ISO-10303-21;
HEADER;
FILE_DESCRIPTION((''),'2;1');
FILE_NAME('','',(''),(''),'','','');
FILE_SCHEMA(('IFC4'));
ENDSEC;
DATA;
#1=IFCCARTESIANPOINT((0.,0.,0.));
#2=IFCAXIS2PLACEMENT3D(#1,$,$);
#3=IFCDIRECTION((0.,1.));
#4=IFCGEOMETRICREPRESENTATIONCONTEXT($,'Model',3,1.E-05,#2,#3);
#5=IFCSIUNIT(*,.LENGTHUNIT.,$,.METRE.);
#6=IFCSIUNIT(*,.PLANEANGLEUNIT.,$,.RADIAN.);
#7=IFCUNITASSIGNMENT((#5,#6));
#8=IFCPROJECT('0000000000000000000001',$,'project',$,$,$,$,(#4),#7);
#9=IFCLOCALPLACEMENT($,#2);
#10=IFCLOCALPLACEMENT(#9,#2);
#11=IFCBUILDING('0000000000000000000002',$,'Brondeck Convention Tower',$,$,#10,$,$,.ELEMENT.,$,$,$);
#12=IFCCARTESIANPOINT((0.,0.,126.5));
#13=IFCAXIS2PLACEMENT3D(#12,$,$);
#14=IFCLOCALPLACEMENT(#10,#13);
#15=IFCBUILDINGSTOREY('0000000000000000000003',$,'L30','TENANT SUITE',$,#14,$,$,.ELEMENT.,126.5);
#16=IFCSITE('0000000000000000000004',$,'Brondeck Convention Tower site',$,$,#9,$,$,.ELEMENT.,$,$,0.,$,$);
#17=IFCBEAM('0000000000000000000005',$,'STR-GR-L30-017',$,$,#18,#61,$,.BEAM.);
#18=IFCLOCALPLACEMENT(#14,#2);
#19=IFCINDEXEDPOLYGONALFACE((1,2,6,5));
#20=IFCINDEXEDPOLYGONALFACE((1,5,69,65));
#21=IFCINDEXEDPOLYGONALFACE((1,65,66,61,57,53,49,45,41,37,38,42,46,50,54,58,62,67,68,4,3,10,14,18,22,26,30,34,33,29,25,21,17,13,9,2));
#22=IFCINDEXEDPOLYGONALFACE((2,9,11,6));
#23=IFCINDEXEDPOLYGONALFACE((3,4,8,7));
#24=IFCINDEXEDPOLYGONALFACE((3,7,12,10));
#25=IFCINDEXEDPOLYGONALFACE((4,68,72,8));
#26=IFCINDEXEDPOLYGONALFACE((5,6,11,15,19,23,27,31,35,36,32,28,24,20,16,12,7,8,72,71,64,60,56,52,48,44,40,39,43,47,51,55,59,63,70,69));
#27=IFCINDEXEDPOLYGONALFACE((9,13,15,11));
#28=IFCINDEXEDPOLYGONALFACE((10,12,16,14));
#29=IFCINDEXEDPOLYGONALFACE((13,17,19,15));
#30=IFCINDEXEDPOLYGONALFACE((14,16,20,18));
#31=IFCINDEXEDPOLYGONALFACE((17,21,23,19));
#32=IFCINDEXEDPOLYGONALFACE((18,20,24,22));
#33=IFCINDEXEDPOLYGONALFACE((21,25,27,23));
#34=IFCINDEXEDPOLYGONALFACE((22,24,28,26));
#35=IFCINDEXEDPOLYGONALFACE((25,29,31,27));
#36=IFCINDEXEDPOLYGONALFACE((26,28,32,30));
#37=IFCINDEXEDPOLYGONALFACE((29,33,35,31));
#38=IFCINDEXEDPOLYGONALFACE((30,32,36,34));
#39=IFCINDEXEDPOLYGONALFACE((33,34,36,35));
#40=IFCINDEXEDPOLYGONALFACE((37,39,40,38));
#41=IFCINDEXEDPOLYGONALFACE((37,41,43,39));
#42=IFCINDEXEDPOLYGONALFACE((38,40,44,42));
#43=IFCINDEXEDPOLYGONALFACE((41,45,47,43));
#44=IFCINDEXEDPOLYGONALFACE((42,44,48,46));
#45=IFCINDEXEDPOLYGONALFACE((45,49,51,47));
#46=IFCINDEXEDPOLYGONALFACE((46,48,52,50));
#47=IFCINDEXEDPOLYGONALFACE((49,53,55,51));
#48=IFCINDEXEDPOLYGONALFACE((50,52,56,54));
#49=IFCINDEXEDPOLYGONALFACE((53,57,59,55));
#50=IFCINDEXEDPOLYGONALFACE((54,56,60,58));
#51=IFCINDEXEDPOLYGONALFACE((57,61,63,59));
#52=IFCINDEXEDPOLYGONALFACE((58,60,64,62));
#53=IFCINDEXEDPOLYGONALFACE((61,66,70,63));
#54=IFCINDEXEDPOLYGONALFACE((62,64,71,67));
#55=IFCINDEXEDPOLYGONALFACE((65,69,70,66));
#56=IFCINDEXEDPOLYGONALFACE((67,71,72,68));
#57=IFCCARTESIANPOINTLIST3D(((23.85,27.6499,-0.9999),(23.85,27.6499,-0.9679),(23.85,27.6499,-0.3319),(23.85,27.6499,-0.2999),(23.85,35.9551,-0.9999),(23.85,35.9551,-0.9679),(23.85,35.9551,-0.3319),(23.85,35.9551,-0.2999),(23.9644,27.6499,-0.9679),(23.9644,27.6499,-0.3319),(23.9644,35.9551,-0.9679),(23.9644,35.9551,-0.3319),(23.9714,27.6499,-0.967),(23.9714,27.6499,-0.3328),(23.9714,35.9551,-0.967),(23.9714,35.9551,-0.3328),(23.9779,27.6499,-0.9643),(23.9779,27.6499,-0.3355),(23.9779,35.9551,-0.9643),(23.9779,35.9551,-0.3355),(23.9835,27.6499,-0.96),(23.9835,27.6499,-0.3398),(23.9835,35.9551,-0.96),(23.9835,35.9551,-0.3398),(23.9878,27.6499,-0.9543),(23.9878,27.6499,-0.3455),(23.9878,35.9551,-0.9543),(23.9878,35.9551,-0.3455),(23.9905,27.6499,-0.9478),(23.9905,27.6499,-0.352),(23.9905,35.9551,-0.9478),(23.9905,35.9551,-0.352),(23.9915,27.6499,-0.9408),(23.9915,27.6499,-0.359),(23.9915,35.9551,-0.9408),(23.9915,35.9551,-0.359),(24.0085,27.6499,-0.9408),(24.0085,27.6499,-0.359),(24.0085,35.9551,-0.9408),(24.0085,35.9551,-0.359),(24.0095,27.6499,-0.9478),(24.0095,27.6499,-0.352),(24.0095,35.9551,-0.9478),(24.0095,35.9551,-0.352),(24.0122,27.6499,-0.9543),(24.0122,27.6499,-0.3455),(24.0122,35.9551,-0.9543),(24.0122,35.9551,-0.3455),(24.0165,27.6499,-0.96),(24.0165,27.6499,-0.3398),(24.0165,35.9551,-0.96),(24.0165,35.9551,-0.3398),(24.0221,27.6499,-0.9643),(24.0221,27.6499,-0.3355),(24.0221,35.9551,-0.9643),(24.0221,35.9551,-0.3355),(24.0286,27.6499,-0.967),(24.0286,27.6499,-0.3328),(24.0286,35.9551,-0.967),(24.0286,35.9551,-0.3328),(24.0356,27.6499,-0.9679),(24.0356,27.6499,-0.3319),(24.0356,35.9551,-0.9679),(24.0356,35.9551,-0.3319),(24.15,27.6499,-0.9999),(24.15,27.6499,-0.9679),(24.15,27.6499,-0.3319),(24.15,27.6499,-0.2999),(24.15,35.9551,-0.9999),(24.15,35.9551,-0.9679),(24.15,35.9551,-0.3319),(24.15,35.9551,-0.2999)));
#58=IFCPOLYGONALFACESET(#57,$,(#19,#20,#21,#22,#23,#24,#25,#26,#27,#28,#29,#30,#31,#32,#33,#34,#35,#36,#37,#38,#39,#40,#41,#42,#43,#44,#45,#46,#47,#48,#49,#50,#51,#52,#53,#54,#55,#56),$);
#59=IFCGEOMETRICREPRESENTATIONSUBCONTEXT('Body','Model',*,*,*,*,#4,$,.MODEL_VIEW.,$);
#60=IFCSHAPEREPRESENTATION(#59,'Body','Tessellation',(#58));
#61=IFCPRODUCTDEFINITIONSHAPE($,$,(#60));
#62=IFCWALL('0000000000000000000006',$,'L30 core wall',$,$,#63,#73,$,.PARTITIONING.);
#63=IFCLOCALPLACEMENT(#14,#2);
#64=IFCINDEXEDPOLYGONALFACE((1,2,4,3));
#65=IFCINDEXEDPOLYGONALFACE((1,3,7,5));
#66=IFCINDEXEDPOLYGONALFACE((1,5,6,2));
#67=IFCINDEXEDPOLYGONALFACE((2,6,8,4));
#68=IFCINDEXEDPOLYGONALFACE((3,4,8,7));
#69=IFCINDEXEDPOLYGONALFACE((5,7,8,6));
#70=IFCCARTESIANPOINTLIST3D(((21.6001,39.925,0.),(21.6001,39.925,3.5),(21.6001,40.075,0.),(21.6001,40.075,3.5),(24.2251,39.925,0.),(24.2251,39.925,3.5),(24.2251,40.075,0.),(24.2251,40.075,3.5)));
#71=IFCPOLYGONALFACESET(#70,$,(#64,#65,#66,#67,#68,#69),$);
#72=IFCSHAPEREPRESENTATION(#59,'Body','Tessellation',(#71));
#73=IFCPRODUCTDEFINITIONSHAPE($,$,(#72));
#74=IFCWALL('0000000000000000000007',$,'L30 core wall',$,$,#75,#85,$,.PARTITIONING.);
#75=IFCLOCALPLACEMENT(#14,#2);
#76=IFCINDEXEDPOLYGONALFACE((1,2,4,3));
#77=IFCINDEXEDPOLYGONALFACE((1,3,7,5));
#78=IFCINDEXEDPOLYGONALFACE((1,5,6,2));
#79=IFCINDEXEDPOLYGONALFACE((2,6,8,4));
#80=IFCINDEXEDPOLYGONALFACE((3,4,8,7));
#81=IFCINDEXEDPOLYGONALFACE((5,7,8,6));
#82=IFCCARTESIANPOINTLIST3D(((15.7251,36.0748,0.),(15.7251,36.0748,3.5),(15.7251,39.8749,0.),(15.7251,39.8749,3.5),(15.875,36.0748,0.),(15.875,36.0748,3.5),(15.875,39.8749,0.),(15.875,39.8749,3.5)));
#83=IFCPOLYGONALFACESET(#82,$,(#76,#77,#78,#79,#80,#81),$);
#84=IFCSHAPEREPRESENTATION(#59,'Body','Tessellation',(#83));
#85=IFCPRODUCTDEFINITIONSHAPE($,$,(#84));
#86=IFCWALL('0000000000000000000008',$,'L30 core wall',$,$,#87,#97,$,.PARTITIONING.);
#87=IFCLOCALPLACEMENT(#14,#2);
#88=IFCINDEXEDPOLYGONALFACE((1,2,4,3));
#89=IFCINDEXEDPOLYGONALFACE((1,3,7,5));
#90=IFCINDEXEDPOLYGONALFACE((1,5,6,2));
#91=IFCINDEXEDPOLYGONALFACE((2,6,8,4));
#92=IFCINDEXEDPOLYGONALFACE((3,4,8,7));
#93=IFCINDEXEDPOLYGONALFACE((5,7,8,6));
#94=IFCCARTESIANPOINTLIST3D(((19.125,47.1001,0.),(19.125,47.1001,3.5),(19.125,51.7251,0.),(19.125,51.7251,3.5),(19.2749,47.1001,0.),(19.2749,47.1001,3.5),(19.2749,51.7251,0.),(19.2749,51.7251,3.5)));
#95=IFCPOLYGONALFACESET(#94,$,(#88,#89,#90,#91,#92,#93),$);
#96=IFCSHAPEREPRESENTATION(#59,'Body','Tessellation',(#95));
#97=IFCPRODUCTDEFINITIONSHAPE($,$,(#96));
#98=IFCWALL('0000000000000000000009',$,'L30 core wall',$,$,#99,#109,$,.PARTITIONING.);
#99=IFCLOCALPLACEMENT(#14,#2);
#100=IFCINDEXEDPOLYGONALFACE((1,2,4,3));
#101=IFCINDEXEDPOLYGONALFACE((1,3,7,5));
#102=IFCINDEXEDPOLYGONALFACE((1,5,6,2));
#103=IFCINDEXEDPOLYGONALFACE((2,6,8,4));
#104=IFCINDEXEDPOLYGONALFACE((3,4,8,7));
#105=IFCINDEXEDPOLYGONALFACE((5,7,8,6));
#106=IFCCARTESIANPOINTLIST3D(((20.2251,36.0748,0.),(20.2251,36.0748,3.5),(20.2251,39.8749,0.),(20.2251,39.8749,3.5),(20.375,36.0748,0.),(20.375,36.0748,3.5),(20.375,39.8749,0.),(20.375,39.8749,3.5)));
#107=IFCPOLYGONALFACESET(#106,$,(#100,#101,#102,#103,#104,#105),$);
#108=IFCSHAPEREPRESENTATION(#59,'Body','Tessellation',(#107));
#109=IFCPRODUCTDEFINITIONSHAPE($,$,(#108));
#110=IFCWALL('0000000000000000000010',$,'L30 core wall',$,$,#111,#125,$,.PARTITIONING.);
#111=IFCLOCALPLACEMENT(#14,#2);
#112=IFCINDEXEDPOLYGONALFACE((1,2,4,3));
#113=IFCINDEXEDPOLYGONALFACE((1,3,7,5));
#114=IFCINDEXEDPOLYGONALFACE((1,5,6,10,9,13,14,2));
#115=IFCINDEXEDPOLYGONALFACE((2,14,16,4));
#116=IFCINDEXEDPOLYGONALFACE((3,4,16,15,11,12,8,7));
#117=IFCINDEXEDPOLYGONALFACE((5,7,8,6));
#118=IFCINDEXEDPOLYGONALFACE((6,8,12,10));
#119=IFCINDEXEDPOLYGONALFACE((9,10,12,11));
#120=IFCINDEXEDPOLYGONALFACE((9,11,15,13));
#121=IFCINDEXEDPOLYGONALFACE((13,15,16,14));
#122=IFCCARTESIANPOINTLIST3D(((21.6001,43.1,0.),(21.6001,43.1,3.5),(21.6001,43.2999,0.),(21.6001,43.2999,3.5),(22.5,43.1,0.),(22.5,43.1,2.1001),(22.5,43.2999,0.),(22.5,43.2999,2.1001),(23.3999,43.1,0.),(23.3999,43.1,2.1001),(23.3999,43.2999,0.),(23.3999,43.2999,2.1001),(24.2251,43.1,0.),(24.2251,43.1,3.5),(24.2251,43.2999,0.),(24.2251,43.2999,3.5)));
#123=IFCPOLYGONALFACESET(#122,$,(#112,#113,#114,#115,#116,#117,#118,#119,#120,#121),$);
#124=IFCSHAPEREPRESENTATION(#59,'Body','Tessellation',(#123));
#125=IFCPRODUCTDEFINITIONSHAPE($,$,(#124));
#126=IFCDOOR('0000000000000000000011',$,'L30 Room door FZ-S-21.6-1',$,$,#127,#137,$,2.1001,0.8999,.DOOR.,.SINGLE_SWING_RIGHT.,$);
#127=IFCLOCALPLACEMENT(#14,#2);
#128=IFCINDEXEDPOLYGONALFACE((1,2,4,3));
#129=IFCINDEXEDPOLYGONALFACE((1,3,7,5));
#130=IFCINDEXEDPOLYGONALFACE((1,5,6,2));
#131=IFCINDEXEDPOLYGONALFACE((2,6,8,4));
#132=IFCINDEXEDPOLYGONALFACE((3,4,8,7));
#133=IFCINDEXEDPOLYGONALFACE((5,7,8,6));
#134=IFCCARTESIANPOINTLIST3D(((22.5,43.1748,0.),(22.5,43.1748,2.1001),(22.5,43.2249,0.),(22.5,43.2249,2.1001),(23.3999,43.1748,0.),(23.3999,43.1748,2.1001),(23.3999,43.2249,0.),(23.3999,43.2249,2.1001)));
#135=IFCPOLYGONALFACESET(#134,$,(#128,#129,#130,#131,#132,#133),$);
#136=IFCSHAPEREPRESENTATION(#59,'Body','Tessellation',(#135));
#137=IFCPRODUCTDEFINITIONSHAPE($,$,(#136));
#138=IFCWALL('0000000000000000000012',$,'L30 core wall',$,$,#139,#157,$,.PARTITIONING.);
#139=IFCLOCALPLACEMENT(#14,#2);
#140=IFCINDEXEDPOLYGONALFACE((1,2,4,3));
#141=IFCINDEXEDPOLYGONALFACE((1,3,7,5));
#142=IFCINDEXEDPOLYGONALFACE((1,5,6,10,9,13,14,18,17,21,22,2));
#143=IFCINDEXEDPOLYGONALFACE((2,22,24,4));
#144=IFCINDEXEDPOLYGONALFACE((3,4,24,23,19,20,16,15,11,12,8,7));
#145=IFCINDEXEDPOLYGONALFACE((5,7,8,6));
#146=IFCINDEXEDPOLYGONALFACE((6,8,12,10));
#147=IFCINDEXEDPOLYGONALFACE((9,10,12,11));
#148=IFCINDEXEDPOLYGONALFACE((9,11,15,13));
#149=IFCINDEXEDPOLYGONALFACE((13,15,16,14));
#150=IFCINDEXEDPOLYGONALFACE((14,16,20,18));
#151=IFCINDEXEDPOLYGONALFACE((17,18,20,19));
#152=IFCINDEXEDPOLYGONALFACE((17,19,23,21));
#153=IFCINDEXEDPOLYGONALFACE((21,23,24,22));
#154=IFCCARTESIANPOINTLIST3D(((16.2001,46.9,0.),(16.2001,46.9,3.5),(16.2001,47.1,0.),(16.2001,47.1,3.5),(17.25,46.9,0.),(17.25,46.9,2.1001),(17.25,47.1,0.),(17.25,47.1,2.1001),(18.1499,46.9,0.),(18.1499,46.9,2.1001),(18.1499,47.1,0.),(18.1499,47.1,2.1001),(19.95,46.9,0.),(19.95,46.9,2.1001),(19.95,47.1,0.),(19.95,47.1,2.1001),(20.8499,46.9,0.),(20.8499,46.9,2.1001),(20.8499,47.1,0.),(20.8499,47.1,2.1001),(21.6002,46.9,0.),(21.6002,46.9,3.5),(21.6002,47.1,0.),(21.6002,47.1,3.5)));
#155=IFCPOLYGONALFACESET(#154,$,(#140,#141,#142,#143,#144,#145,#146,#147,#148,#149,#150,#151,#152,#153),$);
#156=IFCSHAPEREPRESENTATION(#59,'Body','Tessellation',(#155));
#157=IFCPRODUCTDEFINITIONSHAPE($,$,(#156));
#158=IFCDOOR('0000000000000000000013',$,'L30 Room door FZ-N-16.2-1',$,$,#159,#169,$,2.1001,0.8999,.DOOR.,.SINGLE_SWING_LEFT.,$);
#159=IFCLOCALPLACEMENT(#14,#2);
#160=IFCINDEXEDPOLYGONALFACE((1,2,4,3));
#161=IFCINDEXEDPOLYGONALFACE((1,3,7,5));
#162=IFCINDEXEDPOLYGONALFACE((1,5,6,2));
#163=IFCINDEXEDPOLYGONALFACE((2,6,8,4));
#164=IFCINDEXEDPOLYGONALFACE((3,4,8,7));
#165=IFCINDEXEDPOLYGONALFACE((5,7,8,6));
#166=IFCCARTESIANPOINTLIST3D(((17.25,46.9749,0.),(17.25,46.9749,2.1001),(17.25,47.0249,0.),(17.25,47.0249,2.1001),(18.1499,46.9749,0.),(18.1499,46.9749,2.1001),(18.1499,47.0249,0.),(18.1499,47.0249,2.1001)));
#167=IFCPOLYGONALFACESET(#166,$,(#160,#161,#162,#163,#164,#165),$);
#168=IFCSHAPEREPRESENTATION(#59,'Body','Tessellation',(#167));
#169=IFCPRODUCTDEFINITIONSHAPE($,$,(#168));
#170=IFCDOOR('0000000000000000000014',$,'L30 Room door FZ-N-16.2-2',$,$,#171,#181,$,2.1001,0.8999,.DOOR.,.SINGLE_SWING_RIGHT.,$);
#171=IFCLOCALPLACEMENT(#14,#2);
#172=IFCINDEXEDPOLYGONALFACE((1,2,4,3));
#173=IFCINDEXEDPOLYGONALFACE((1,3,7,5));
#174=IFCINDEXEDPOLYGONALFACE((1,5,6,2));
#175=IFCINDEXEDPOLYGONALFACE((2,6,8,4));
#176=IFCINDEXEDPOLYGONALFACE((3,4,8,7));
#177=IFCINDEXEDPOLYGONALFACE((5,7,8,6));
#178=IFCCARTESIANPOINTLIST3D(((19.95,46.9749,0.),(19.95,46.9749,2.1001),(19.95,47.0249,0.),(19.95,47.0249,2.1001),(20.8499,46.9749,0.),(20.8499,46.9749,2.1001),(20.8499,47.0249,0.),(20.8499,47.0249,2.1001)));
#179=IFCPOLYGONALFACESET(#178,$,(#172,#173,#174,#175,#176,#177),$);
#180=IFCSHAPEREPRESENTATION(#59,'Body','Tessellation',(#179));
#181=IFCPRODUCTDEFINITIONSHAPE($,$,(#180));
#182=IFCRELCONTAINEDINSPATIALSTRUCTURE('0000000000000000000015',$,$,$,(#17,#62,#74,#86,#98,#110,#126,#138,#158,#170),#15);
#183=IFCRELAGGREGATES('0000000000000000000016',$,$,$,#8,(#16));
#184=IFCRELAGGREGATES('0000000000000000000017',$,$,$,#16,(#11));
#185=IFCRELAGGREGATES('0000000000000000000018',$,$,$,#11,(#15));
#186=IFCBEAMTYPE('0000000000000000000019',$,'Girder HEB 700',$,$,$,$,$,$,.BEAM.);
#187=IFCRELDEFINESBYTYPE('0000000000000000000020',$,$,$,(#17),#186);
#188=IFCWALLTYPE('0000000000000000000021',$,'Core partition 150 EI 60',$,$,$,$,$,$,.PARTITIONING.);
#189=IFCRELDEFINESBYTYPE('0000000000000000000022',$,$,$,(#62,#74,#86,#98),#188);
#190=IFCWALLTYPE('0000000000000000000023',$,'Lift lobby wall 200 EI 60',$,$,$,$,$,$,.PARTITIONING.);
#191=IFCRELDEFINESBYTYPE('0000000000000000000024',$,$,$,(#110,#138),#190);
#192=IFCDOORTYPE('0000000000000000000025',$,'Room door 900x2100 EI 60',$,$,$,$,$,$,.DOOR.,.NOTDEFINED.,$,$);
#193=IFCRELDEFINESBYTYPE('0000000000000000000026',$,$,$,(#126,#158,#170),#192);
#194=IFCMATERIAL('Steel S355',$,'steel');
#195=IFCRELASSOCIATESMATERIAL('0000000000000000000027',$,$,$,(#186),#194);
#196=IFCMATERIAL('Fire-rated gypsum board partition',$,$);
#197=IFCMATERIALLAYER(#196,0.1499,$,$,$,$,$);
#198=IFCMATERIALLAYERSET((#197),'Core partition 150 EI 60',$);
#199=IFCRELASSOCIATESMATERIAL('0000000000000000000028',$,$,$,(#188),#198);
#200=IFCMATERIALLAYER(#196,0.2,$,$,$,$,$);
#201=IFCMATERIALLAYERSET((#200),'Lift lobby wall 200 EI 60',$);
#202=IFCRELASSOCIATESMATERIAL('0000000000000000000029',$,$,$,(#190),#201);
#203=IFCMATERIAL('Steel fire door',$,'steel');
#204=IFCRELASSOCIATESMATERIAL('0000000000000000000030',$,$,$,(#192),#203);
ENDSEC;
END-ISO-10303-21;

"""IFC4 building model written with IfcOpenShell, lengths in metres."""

from ifc_helpers import new_model, si_unit, direction, frame, frame_2d, origin, origin_2d, place, context, subcontext, project, spatial, rectangle, i_section, extrude, material, layer, layer_set, material_profile, profile_set, type_object, element, fill, save


model = new_model("IFC4")

# Units and contexts
model_context = context("Model", 3, precision=1e-05, world=origin(), true_north=direction((0.0, 1.0)))
body_context = subcontext(model_context, "Body", "Model", "MODEL_VIEW")
ifc_project = project(units=[si_unit("LENGTHUNIT", "METRE"), si_unit("PLANEANGLEUNIT", "RADIAN")], contexts=[model_context])

# Site, building, storey
site_placement = place(None, origin())
site = spatial("IfcSite", under=ifc_project, at=site_placement, Name="Brondeck Convention Tower site", CompositionType="ELEMENT", RefElevation=0.0)
building_placement = place(site_placement, origin())
building = spatial("IfcBuilding", under=site, at=building_placement, Name="Brondeck Convention Tower", CompositionType="ELEMENT")
storey_placement = place(building_placement, frame((0.0, 0.0, 126.5)))
storey = spatial("IfcBuildingStorey", under=building, at=storey_placement, Name="L30", Description="TENANT SUITE", CompositionType="ELEMENT", Elevation=126.5)

# Beam
ifc_material_1 = material(Name="Steel S355", Category="steel")
ifc_material_profile = material_profile(ifc_material_1, i_section(OverallWidth=0.3, OverallDepth=0.7, WebThickness=0.0171, FlangeThickness=0.032, FilletRadius=0.0271, at=origin_2d()), Name="HEB 700")
ifc_profile_set = profile_set([ifc_material_profile], Name="Steel S355")
beam_type = type_object("IfcBeamType", Name="Girder HEB 700", PredefinedType="BEAM", material=ifc_profile_set)
beam_placement = place(storey_placement, frame((24.0, 35.9551, -0.6499), z_axis=(0.0, -1.0, 0.0), x_axis=(1.0, 0.0, 0.0)))
element("IfcBeam", 1, at=beam_placement, inside=storey, type_object=beam_type, Name="STR-GR-L30-017", PredefinedType="BEAM", context=body_context, shape_type="SweptSolid", body=[
    extrude(i_section(OverallWidth=0.3, OverallDepth=0.7, WebThickness=0.0171, FlangeThickness=0.032, FilletRadius=0.0271, at=origin_2d()), origin(), (0.0, 0.0, 1.0), 8.3052),
])

# Walls
ifc_material_2 = material(Name="Fire-rated gypsum board partition")
ifc_layer_1 = layer(ifc_material_2, 0.1499)
ifc_layer_set_1 = layer_set([ifc_layer_1], Name="Core partition 150 EI 60")
wall_type_1 = type_object("IfcWallType", Name="Core partition 150 EI 60", PredefinedType="PARTITIONING", material=ifc_layer_set_1)
wall_1_placement = place(storey_placement, frame((21.6001, 40.0, 0.0), z_axis=(0.0, 0.0, 1.0), x_axis=(1.0, 0.0, 0.0)))
element("IfcWall", 2, at=wall_1_placement, inside=storey, type_object=wall_type_1, Name="L30 core wall", PredefinedType="PARTITIONING", context=body_context, shape_type="SweptSolid", body=[
    extrude(rectangle(XDim=2.625, YDim=0.1499, at=frame_2d((1.3125, 0.0))), origin(), (0.0, 0.0, 1.0), 3.5),
])
wall_2_placement = place(storey_placement, frame((15.8, 36.075, 0.0), z_axis=(0.0, 0.0, 1.0), x_axis=(0.0, 1.0, 0.0)))
element("IfcWall", 3, at=wall_2_placement, inside=storey, type_object=wall_type_1, Name="L30 core wall", PredefinedType="PARTITIONING", context=body_context, shape_type="SweptSolid", body=[
    extrude(rectangle(XDim=3.8, YDim=0.1499, at=frame_2d((1.8999, 0.0))), origin(), (0.0, 0.0, 1.0), 3.5),
])
wall_3_placement = place(storey_placement, frame((19.2, 47.1001, 0.0), z_axis=(0.0, 0.0, 1.0), x_axis=(0.0, 1.0, 0.0)))
element("IfcWall", 4, at=wall_3_placement, inside=storey, type_object=wall_type_1, Name="L30 core wall", PredefinedType="PARTITIONING", context=body_context, shape_type="SweptSolid", body=[
    extrude(rectangle(XDim=4.625, YDim=0.1499, at=frame_2d((2.3125, 0.0))), origin(), (0.0, 0.0, 1.0), 3.5),
])
wall_4_placement = place(storey_placement, frame((20.3, 36.075, 0.0), z_axis=(0.0, 0.0, 1.0), x_axis=(0.0, 1.0, 0.0)))
element("IfcWall", 5, at=wall_4_placement, inside=storey, type_object=wall_type_1, Name="L30 core wall", PredefinedType="PARTITIONING", context=body_context, shape_type="SweptSolid", body=[
    extrude(rectangle(XDim=3.8, YDim=0.1499, at=frame_2d((1.8999, 0.0))), origin(), (0.0, 0.0, 1.0), 3.5),
])

# Wall, opening, door
ifc_layer_2 = layer(ifc_material_2, 0.2)
ifc_layer_set_2 = layer_set([ifc_layer_2], Name="Lift lobby wall 200 EI 60")
wall_type_2 = type_object("IfcWallType", Name="Lift lobby wall 200 EI 60", PredefinedType="PARTITIONING", material=ifc_layer_set_2)
wall_5_placement = place(storey_placement, frame((21.6001, 43.2, 0.0), z_axis=(0.0, 0.0, 1.0), x_axis=(1.0, 0.0, 0.0)))
wall_5 = element("IfcWall", 6, at=wall_5_placement, inside=storey, type_object=wall_type_2, Name="L30 core wall", PredefinedType="PARTITIONING", context=body_context, shape_type="SweptSolid", body=[
    extrude(rectangle(XDim=2.625, YDim=0.2, at=frame_2d((1.3125, 0.0))), origin(), (0.0, 0.0, 1.0), 3.5),
])
opening_1_placement = place(wall_5_placement, frame((0.8999, 0.0, 0.0)))
opening_1 = element("IfcOpeningElement", 7, at=opening_1_placement, cuts=wall_5, PredefinedType="OPENING", context=body_context, shape_type="SweptSolid", body=[
    extrude(rectangle(XDim=0.8999, YDim=2.1001, at=frame_2d((0.45, 1.05))), frame((0.0, 0.1099, 0.0), z_axis=(0.0, -1.0, 0.0), x_axis=(1.0, 0.0, 0.0)), (0.0, 0.0, 1.0), 0.22),
])
ifc_material_3 = material(Name="Steel fire door", Category="steel")
door_type_1 = type_object("IfcDoorType", Name="Room door 900x2100 EI 60", OperationType="NOTDEFINED", PredefinedType="DOOR", material=ifc_material_3)
door_1_placement = place(opening_1_placement, origin())
door_1 = element("IfcDoor", 8, at=door_1_placement, inside=storey, type_object=door_type_1, Name="L30 Room door FZ-S-21.6-1", OperationType="SINGLE_SWING_RIGHT", OverallHeight=2.1001, OverallWidth=0.8999, PredefinedType="DOOR", context=body_context, shape_type="SweptSolid", body=[
    extrude(rectangle(XDim=0.8999, YDim=2.1001, at=frame_2d((0.45, 1.05))), frame((0.0, 0.0249, 0.0), z_axis=(0.0, -1.0, 0.0), x_axis=(1.0, 0.0, 0.0)), (0.0, 0.0, 1.0), 0.05),
])
fill(opening_1, door_1)

# Wall, openings, doors
wall_6_placement = place(storey_placement, frame((16.2, 47.0, 0.0), z_axis=(0.0, 0.0, 1.0), x_axis=(1.0, 0.0, 0.0)))
wall_6 = element("IfcWall", 9, at=wall_6_placement, inside=storey, type_object=wall_type_2, Name="L30 core wall", PredefinedType="PARTITIONING", context=body_context, shape_type="SweptSolid", body=[
    extrude(rectangle(XDim=5.4001, YDim=0.2, at=frame_2d((2.7002, 0.0))), origin(), (0.0, 0.0, 1.0), 3.5),
])
opening_2_placement = place(wall_6_placement, frame((1.05, 0.0, 0.0)))
opening_2 = element("IfcOpeningElement", 10, at=opening_2_placement, cuts=wall_6, PredefinedType="OPENING", context=body_context, shape_type="SweptSolid", body=[
    extrude(rectangle(XDim=0.8999, YDim=2.1001, at=frame_2d((0.45, 1.05))), frame((0.0, 0.1099, 0.0), z_axis=(0.0, -1.0, 0.0), x_axis=(1.0, 0.0, 0.0)), (0.0, 0.0, 1.0), 0.22),
])
opening_3_placement = place(wall_6_placement, frame((3.75, 0.0, 0.0)))
opening_3 = element("IfcOpeningElement", 11, at=opening_3_placement, cuts=wall_6, PredefinedType="OPENING", context=body_context, shape_type="SweptSolid", body=[
    extrude(rectangle(XDim=0.8999, YDim=2.1001, at=frame_2d((0.45, 1.05))), frame((0.0, 0.1099, 0.0), z_axis=(0.0, -1.0, 0.0), x_axis=(1.0, 0.0, 0.0)), (0.0, 0.0, 1.0), 0.22),
])
door_2_placement = place(opening_2_placement, origin())
door_2 = element("IfcDoor", 12, at=door_2_placement, inside=storey, type_object=door_type_1, Name="L30 Room door FZ-N-16.2-1", OperationType="SINGLE_SWING_LEFT", OverallHeight=2.1001, OverallWidth=0.8999, PredefinedType="DOOR", context=body_context, shape_type="SweptSolid", body=[
    extrude(rectangle(XDim=0.8999, YDim=2.1001, at=frame_2d((0.45, 1.05))), frame((0.0, 0.0249, 0.0), z_axis=(0.0, -1.0, 0.0), x_axis=(1.0, 0.0, 0.0)), (0.0, 0.0, 1.0), 0.05),
])
fill(opening_2, door_2)
door_3_placement = place(opening_3_placement, origin())
door_3 = element("IfcDoor", 13, at=door_3_placement, inside=storey, type_object=door_type_1, Name="L30 Room door FZ-N-16.2-2", OperationType="SINGLE_SWING_RIGHT", OverallHeight=2.1001, OverallWidth=0.8999, PredefinedType="DOOR", context=body_context, shape_type="SweptSolid", body=[
    extrude(rectangle(XDim=0.8999, YDim=2.1001, at=frame_2d((0.45, 1.05))), frame((0.0, 0.0249, 0.0), z_axis=(0.0, -1.0, 0.0), x_axis=(1.0, 0.0, 0.0)), (0.0, 0.0, 1.0), 0.05),
])
fill(opening_3, door_3)

save(model, "model.ifc")
